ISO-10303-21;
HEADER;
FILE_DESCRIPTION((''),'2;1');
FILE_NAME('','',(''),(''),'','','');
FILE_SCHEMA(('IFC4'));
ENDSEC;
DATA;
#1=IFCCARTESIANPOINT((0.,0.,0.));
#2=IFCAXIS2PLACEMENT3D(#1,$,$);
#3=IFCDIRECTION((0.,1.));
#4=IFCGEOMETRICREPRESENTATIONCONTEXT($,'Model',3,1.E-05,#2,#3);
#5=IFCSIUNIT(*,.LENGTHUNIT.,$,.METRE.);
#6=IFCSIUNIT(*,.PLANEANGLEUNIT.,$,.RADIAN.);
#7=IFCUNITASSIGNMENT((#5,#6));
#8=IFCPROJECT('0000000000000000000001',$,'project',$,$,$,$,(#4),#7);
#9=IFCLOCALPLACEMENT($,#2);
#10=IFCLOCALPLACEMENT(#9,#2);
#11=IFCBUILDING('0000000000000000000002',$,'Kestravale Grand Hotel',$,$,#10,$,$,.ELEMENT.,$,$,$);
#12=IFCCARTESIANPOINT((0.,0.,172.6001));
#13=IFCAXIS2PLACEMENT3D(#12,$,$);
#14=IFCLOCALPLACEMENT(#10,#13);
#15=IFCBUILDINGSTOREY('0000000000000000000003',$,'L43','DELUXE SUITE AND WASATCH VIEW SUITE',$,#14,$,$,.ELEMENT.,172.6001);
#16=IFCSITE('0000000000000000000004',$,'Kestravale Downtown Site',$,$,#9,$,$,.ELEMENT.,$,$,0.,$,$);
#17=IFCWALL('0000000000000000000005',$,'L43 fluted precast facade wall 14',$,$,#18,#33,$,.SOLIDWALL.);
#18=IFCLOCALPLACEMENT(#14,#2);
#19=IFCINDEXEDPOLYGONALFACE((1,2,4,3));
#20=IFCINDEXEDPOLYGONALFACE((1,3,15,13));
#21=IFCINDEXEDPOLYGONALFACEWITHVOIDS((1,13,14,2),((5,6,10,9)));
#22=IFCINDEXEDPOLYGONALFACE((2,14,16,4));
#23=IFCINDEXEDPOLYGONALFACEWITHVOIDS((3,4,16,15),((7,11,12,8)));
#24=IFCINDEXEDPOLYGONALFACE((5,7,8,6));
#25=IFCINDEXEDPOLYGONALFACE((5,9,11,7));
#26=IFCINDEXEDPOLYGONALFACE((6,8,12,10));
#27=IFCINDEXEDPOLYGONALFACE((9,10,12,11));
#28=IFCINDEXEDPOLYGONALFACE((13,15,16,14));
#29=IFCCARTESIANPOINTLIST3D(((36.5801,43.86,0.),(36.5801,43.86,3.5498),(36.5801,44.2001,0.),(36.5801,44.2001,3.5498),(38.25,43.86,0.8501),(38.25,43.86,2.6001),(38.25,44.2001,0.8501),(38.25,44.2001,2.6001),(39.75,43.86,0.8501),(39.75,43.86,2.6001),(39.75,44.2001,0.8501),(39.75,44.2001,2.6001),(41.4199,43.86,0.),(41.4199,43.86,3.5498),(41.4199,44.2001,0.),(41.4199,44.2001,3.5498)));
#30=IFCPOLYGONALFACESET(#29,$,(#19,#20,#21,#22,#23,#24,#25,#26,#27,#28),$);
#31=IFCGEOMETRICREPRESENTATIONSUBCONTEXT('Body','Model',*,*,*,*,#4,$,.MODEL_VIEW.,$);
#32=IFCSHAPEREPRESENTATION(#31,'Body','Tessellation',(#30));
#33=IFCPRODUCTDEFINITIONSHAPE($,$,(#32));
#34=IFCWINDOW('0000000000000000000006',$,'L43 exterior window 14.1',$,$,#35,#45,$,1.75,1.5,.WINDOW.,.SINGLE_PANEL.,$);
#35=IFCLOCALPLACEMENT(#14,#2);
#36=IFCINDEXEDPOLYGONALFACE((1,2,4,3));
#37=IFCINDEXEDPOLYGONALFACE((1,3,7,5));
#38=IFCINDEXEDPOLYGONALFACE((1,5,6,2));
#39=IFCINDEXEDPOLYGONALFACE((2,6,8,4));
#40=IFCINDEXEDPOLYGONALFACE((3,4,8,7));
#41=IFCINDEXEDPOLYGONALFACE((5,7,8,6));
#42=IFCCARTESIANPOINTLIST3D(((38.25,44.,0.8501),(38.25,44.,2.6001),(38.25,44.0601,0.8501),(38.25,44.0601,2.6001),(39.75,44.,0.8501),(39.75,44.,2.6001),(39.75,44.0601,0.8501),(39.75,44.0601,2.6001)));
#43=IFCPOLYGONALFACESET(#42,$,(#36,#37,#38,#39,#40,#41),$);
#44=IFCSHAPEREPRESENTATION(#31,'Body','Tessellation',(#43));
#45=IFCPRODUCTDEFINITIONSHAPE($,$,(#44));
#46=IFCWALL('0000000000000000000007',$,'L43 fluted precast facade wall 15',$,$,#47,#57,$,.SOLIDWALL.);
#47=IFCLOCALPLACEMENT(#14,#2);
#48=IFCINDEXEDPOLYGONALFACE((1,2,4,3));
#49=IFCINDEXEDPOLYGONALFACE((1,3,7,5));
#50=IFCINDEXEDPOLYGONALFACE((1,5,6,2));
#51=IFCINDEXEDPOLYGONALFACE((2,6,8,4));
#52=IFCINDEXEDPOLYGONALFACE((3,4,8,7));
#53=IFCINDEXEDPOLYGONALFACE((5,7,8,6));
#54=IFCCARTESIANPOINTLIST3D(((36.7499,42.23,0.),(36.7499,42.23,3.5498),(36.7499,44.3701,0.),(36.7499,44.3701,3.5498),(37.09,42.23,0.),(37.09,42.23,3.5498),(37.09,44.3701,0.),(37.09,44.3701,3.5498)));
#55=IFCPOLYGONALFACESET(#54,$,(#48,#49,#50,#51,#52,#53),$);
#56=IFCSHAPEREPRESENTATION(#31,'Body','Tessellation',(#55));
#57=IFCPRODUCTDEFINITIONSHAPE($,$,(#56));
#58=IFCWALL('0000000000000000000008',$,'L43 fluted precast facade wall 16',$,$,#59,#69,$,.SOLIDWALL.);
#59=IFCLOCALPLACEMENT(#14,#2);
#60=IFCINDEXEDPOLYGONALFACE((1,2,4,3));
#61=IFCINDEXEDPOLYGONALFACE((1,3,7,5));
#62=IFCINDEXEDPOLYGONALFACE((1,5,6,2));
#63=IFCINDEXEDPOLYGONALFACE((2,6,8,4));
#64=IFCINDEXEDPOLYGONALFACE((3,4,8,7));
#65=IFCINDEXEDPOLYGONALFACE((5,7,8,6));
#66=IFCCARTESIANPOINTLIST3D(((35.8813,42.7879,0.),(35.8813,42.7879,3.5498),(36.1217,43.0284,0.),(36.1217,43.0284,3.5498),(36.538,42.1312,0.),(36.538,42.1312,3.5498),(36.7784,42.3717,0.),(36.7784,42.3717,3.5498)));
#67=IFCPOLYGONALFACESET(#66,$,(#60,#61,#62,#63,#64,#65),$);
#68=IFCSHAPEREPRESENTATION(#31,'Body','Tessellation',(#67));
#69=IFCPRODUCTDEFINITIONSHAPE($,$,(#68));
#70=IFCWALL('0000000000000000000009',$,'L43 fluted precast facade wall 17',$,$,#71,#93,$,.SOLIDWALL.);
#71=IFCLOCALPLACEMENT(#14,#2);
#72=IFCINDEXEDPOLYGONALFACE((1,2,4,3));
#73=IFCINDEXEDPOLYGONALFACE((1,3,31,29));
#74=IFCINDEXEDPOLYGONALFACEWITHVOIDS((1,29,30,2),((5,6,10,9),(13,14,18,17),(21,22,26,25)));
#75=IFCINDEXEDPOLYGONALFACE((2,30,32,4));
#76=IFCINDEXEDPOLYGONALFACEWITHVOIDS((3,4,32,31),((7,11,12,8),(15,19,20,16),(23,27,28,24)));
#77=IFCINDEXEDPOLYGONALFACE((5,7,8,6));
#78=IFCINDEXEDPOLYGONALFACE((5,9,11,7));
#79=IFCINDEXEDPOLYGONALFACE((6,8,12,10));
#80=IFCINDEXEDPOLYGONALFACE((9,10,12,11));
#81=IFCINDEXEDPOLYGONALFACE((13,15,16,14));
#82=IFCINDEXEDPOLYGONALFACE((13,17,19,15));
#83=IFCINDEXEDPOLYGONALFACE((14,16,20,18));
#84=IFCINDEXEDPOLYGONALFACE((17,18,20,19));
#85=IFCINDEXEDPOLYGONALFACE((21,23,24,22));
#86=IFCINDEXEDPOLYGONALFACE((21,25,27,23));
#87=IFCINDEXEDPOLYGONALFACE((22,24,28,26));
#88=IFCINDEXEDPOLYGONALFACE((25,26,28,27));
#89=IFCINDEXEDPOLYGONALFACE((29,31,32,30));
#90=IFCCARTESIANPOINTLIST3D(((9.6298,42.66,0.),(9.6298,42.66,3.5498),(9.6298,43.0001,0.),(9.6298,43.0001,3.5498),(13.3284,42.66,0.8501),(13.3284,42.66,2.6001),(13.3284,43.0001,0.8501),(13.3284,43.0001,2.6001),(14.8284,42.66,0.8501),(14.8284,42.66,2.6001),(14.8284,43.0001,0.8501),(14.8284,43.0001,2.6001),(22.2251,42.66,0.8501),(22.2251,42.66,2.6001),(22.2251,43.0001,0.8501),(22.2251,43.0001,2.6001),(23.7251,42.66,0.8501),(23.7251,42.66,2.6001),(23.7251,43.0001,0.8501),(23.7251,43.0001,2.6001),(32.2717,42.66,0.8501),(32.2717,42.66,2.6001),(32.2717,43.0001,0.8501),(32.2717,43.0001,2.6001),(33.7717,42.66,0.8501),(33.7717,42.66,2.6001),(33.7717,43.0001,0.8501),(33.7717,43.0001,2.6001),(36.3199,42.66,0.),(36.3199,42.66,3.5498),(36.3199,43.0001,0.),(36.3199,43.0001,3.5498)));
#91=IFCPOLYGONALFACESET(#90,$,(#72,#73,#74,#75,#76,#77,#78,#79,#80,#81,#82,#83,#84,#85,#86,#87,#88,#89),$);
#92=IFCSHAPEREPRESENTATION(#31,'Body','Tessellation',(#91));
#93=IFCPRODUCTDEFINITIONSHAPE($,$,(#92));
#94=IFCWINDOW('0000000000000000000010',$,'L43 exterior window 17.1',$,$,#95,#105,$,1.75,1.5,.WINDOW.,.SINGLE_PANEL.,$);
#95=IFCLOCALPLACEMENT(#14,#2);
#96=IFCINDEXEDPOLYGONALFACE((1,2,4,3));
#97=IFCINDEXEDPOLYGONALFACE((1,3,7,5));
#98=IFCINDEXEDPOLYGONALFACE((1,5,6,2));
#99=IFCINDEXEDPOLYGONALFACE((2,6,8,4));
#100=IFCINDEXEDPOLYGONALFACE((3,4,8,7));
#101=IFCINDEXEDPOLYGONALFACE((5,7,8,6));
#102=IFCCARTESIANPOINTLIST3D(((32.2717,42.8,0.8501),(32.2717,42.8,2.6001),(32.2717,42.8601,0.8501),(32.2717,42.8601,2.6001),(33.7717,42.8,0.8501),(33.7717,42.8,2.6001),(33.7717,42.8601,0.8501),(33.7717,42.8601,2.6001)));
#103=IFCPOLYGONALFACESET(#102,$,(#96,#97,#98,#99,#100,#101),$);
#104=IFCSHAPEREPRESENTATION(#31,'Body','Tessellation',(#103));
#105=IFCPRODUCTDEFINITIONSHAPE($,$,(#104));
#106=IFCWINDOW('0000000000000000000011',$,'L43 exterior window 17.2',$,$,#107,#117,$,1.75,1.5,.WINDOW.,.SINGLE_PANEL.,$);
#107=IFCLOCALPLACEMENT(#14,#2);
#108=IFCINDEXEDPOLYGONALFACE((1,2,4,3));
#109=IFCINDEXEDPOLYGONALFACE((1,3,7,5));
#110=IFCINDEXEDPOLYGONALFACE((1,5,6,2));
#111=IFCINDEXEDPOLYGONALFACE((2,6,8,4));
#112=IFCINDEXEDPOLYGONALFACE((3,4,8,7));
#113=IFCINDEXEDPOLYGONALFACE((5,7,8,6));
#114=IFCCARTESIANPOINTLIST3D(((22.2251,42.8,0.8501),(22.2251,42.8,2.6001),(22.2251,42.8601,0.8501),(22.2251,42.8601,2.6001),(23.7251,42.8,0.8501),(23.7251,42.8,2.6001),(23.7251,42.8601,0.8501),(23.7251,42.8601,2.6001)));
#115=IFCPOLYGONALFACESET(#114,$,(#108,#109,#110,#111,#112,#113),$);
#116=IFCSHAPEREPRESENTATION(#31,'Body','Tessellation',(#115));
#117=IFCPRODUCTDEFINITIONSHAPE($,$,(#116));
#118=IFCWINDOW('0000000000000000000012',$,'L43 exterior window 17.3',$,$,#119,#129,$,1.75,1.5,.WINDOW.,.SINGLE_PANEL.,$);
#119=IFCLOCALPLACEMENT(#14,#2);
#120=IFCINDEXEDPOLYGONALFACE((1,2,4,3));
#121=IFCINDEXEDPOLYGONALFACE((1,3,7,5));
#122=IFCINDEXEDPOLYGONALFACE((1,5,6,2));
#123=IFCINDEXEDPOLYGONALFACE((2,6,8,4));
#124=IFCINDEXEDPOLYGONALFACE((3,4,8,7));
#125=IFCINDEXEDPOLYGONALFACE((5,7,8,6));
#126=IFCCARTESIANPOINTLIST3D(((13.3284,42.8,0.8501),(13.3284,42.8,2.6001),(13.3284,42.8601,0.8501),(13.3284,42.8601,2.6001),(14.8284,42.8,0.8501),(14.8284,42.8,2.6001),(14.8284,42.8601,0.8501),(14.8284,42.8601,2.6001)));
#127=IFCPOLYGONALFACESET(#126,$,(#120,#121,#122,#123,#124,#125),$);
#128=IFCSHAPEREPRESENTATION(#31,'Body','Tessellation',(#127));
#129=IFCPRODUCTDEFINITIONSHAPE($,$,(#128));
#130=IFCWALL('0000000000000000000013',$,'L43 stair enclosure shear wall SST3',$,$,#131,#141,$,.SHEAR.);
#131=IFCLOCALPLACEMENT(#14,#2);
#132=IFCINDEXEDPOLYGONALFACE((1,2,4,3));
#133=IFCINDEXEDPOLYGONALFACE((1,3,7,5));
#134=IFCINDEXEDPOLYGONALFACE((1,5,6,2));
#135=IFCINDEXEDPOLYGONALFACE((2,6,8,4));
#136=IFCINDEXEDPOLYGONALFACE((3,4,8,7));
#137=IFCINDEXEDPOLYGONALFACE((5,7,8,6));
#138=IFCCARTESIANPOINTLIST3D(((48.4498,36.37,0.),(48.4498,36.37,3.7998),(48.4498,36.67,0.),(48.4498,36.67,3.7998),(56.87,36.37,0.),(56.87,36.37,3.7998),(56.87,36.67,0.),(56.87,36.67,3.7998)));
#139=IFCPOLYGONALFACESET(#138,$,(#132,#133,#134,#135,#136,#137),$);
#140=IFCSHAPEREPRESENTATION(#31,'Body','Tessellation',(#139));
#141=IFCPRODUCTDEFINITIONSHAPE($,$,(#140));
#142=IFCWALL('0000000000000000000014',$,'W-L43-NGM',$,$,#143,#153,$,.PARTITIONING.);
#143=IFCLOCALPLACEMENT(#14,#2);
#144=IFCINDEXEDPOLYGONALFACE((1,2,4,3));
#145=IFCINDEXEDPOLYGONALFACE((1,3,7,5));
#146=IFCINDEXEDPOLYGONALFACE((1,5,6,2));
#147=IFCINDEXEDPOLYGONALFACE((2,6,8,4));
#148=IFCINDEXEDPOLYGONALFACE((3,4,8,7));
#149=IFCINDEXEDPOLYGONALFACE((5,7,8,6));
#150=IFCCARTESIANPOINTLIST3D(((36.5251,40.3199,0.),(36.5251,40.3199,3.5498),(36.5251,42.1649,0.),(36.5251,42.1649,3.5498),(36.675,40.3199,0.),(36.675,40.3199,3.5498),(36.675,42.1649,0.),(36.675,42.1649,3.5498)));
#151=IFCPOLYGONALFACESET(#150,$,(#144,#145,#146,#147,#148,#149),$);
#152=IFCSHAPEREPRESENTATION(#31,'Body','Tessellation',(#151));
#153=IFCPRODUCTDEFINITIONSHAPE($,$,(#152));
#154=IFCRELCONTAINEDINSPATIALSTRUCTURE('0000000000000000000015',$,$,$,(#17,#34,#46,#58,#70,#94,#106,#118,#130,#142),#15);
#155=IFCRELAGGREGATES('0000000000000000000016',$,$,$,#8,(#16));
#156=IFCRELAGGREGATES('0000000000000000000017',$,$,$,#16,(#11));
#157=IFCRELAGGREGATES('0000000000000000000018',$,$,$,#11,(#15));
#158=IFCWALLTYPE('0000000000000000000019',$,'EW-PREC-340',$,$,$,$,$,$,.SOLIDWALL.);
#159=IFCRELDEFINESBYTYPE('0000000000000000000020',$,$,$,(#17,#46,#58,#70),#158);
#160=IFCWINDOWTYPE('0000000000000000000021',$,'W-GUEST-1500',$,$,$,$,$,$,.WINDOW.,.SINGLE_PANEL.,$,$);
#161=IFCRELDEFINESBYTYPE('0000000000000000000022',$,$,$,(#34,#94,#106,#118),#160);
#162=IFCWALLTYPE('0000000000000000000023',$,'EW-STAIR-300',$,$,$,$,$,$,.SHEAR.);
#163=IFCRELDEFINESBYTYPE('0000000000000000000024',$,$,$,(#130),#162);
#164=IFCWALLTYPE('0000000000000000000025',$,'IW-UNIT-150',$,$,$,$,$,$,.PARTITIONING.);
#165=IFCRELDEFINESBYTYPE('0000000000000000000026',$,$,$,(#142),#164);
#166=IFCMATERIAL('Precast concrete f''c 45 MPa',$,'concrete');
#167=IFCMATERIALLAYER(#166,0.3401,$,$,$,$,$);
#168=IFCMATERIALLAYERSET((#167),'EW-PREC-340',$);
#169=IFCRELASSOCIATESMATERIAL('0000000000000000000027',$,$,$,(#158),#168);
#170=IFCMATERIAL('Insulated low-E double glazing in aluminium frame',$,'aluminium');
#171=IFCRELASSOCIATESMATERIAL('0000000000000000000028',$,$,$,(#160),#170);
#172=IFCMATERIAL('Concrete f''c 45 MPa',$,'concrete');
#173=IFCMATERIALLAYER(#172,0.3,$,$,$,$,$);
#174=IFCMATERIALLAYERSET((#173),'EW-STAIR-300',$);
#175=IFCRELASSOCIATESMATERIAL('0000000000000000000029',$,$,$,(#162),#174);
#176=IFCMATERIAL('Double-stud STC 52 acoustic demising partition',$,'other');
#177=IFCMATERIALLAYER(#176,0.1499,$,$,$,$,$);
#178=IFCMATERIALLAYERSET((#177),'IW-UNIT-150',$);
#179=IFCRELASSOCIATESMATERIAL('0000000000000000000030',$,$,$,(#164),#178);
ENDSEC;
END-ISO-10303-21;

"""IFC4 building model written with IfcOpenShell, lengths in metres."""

from ifc_helpers import new_model, si_unit, direction, frame, frame_2d, origin, place, context, subcontext, project, spatial, rectangle, extrude, material, layer, layer_set, type_object, element, fill, save


model = new_model("IFC4")

# Units and contexts
model_context = context("Model", 3, precision=1e-05, world=origin(), true_north=direction((0.0, 1.0)))
body_context = subcontext(model_context, "Body", "Model", "MODEL_VIEW")
ifc_project = project(units=[si_unit("LENGTHUNIT", "METRE"), si_unit("PLANEANGLEUNIT", "RADIAN")], contexts=[model_context])

# Site, building, storey
site_placement = place(None, origin())
site = spatial("IfcSite", under=ifc_project, at=site_placement, Name="Kestravale Downtown Site", CompositionType="ELEMENT", RefElevation=0.0)
building_placement = place(site_placement, origin())
building = spatial("IfcBuilding", under=site, at=building_placement, Name="Kestravale Grand Hotel", CompositionType="ELEMENT")
storey_placement = place(building_placement, frame((0.0, 0.0, 172.6001)))
storey = spatial("IfcBuildingStorey", under=building, at=storey_placement, Name="L43", Description="DELUXE SUITE AND WASATCH VIEW SUITE", CompositionType="ELEMENT", Elevation=172.6001)

# Shared definitions
ifc_material_1 = material(Name="Precast concrete f'c 45 MPa", Category="concrete")
ifc_layer_1 = layer(ifc_material_1, 0.3401)
ifc_layer_set_1 = layer_set([ifc_layer_1], Name="EW-PREC-340")
wall_type_1 = type_object("IfcWallType", Name="EW-PREC-340", PredefinedType="SOLIDWALL", material=ifc_layer_set_1)

# Wall, opening, window
ifc_material_2 = material(Name="Insulated low-E double glazing in aluminium frame", Category="aluminium")
window_type = type_object("IfcWindowType", Name="W-GUEST-1500", PartitioningType="SINGLE_PANEL", PredefinedType="WINDOW", material=ifc_material_2)
wall_1_placement = place(storey_placement, frame((41.4199, 44.03, 0.0), z_axis=(0.0, 0.0, 1.0), x_axis=(-1.0, 0.0, 0.0)))
wall_1 = element("IfcWall", 1, at=wall_1_placement, inside=storey, type_object=wall_type_1, Name="L43 fluted precast facade wall 14", PredefinedType="SOLIDWALL", context=body_context, shape_type="SweptSolid", body=[
    extrude(rectangle(XDim=4.8398, YDim=0.3401, at=frame_2d((2.4199, 0.0))), origin(), (0.0, 0.0, 1.0), 3.5498),
])
opening_1_placement = place(wall_1_placement, frame((1.6699, 0.0, 0.8501)))
opening_1 = element("IfcOpeningElement", 2, at=opening_1_placement, cuts=wall_1, PredefinedType="OPENING", context=body_context, shape_type="SweptSolid", body=[
    extrude(rectangle(XDim=1.5, YDim=1.75, at=frame_2d((0.75, 0.875))), frame((0.0, 0.1799, 0.0), z_axis=(0.0, -1.0, 0.0), x_axis=(1.0, 0.0, 0.0)), (0.0, 0.0, 1.0), 0.3601),
])
window_1_placement = place(opening_1_placement, origin())
window_1 = element("IfcWindow", 3, at=window_1_placement, inside=storey, type_object=window_type, Name="L43 exterior window 14.1", OverallHeight=1.75, OverallWidth=1.5, PartitioningType="SINGLE_PANEL", PredefinedType="WINDOW", context=body_context, shape_type="SweptSolid", body=[
    extrude(rectangle(XDim=1.5, YDim=1.75, at=frame_2d((0.75, 0.875))), frame((0.0, 0.03, 0.0), z_axis=(0.0, -1.0, 0.0), x_axis=(1.0, 0.0, 0.0)), (0.0, 0.0, 1.0), 0.0601),
])
fill(opening_1, window_1)

# Walls
wall_2_placement = place(storey_placement, frame((36.9199, 44.3701, 0.0), z_axis=(0.0, 0.0, 1.0), x_axis=(0.0, -1.0, 0.0)))
element("IfcWall", 4, at=wall_2_placement, inside=storey, type_object=wall_type_1, Name="L43 fluted precast facade wall 15", PredefinedType="SOLIDWALL", context=body_context, shape_type="SweptSolid", body=[
    extrude(rectangle(XDim=2.1401, YDim=0.3401, at=frame_2d((1.0701, 0.0))), origin(), (0.0, 0.0, 1.0), 3.5498),
])
wall_3_placement = place(storey_placement, frame((36.6582, 42.2515, 0.0), z_axis=(0.0, 0.0, 1.0), x_axis=(-0.707107, 0.707107, 0.0)))
element("IfcWall", 5, at=wall_3_placement, inside=storey, type_object=wall_type_1, Name="L43 fluted precast facade wall 16", PredefinedType="SOLIDWALL", context=body_context, shape_type="SweptSolid", body=[
    extrude(rectangle(XDim=0.9287, YDim=0.3401, at=frame_2d((0.4644, 0.0))), origin(), (0.0, 0.0, 1.0), 3.5498),
])

# Wall, openings, windows
wall_4_placement = place(storey_placement, frame((36.3201, 42.8301, 0.0), z_axis=(0.0, 0.0, 1.0), x_axis=(-1.0, 0.0, 0.0)))
wall_4 = element("IfcWall", 6, at=wall_4_placement, inside=storey, type_object=wall_type_1, Name="L43 fluted precast facade wall 17", PredefinedType="SOLIDWALL", context=body_context, shape_type="SweptSolid", body=[
    extrude(rectangle(XDim=26.6902, YDim=0.3401, at=frame_2d((13.3452, 0.0))), origin(), (0.0, 0.0, 1.0), 3.5498),
])
opening_2_placement = place(wall_4_placement, frame((2.5483, 0.0, 0.8501)))
opening_2 = element("IfcOpeningElement", 7, at=opening_2_placement, cuts=wall_4, PredefinedType="OPENING", context=body_context, shape_type="SweptSolid", body=[
    extrude(rectangle(XDim=1.5, YDim=1.75, at=frame_2d((0.75, 0.875))), frame((0.0, 0.1799, 0.0), z_axis=(0.0, -1.0, 0.0), x_axis=(1.0, 0.0, 0.0)), (0.0, 0.0, 1.0), 0.3601),
])
opening_3_placement = place(wall_4_placement, frame((12.595, 0.0, 0.8501)))
opening_3 = element("IfcOpeningElement", 8, at=opening_3_placement, cuts=wall_4, PredefinedType="OPENING", context=body_context, shape_type="SweptSolid", body=[
    extrude(rectangle(XDim=1.5, YDim=1.75, at=frame_2d((0.75, 0.875))), frame((0.0, 0.1799, 0.0), z_axis=(0.0, -1.0, 0.0), x_axis=(1.0, 0.0, 0.0)), (0.0, 0.0, 1.0), 0.3601),
])
opening_4_placement = place(wall_4_placement, frame((21.4917, 0.0, 0.8501)))
opening_4 = element("IfcOpeningElement", 9, at=opening_4_placement, cuts=wall_4, PredefinedType="OPENING", context=body_context, shape_type="SweptSolid", body=[
    extrude(rectangle(XDim=1.5, YDim=1.75, at=frame_2d((0.75, 0.875))), frame((0.0, 0.1799, 0.0), z_axis=(0.0, -1.0, 0.0), x_axis=(1.0, 0.0, 0.0)), (0.0, 0.0, 1.0), 0.3601),
])
window_2_placement = place(opening_2_placement, origin())
window_2 = element("IfcWindow", 10, at=window_2_placement, inside=storey, type_object=window_type, Name="L43 exterior window 17.1", OverallHeight=1.75, OverallWidth=1.5, PartitioningType="SINGLE_PANEL", PredefinedType="WINDOW", context=body_context, shape_type="SweptSolid", body=[
    extrude(rectangle(XDim=1.5, YDim=1.75, at=frame_2d((0.75, 0.875))), frame((0.0, 0.03, 0.0), z_axis=(0.0, -1.0, 0.0), x_axis=(1.0, 0.0, 0.0)), (0.0, 0.0, 1.0), 0.0601),
])
fill(opening_2, window_2)
window_3_placement = place(opening_3_placement, origin())
window_3 = element("IfcWindow", 11, at=window_3_placement, inside=storey, type_object=window_type, Name="L43 exterior window 17.2", OverallHeight=1.75, OverallWidth=1.5, PartitioningType="SINGLE_PANEL", PredefinedType="WINDOW", context=body_context, shape_type="SweptSolid", body=[
    extrude(rectangle(XDim=1.5, YDim=1.75, at=frame_2d((0.75, 0.875))), frame((0.0, 0.03, 0.0), z_axis=(0.0, -1.0, 0.0), x_axis=(1.0, 0.0, 0.0)), (0.0, 0.0, 1.0), 0.0601),
])
fill(opening_3, window_3)
window_4_placement = place(opening_4_placement, origin())
window_4 = element("IfcWindow", 12, at=window_4_placement, inside=storey, type_object=window_type, Name="L43 exterior window 17.3", OverallHeight=1.75, OverallWidth=1.5, PartitioningType="SINGLE_PANEL", PredefinedType="WINDOW", context=body_context, shape_type="SweptSolid", body=[
    extrude(rectangle(XDim=1.5, YDim=1.75, at=frame_2d((0.75, 0.875))), frame((0.0, 0.03, 0.0), z_axis=(0.0, -1.0, 0.0), x_axis=(1.0, 0.0, 0.0)), (0.0, 0.0, 1.0), 0.0601),
])
fill(opening_4, window_4)

# Walls
ifc_material_3 = material(Name="Concrete f'c 45 MPa", Category="concrete")
ifc_layer_2 = layer(ifc_material_3, 0.3)
ifc_layer_set_2 = layer_set([ifc_layer_2], Name="EW-STAIR-300")
wall_type_2 = type_object("IfcWallType", Name="EW-STAIR-300", PredefinedType="SHEAR", material=ifc_layer_set_2)
wall_5_placement = place(storey_placement, frame((48.45, 36.52, 0.0), z_axis=(0.0, 0.0, 1.0), x_axis=(1.0, 0.0, 0.0)))
element("IfcWall", 13, at=wall_5_placement, inside=storey, type_object=wall_type_2, Name="L43 stair enclosure shear wall SST3", PredefinedType="SHEAR", context=body_context, shape_type="SweptSolid", body=[
    extrude(rectangle(XDim=8.4202, YDim=0.3, at=frame_2d((4.21, 0.0))), origin(), (0.0, 0.0, 1.0), 3.7998),
])
ifc_material_4 = material(Name="Double-stud STC 52 acoustic demising partition", Category="other")
ifc_layer_3 = layer(ifc_material_4, 0.1499)
ifc_layer_set_3 = layer_set([ifc_layer_3], Name="IW-UNIT-150")
wall_type_3 = type_object("IfcWallType", Name="IW-UNIT-150", PredefinedType="PARTITIONING", material=ifc_layer_set_3)
wall_6_placement = place(storey_placement, frame((36.6001, 40.3201, 0.0), z_axis=(0.0, 0.0, 1.0), x_axis=(0.0, 1.0, 0.0)))
element("IfcWall", 14, at=wall_6_placement, inside=storey, type_object=wall_type_3, Name="W-L43-NGM", PredefinedType="PARTITIONING", context=body_context, shape_type="SweptSolid", body=[
    extrude(rectangle(XDim=1.845, YDim=0.1499, at=frame_2d((0.9224, 0.0))), origin(), (0.0, 0.0, 1.0), 3.5498),
])

save(model, "model.ifc")
